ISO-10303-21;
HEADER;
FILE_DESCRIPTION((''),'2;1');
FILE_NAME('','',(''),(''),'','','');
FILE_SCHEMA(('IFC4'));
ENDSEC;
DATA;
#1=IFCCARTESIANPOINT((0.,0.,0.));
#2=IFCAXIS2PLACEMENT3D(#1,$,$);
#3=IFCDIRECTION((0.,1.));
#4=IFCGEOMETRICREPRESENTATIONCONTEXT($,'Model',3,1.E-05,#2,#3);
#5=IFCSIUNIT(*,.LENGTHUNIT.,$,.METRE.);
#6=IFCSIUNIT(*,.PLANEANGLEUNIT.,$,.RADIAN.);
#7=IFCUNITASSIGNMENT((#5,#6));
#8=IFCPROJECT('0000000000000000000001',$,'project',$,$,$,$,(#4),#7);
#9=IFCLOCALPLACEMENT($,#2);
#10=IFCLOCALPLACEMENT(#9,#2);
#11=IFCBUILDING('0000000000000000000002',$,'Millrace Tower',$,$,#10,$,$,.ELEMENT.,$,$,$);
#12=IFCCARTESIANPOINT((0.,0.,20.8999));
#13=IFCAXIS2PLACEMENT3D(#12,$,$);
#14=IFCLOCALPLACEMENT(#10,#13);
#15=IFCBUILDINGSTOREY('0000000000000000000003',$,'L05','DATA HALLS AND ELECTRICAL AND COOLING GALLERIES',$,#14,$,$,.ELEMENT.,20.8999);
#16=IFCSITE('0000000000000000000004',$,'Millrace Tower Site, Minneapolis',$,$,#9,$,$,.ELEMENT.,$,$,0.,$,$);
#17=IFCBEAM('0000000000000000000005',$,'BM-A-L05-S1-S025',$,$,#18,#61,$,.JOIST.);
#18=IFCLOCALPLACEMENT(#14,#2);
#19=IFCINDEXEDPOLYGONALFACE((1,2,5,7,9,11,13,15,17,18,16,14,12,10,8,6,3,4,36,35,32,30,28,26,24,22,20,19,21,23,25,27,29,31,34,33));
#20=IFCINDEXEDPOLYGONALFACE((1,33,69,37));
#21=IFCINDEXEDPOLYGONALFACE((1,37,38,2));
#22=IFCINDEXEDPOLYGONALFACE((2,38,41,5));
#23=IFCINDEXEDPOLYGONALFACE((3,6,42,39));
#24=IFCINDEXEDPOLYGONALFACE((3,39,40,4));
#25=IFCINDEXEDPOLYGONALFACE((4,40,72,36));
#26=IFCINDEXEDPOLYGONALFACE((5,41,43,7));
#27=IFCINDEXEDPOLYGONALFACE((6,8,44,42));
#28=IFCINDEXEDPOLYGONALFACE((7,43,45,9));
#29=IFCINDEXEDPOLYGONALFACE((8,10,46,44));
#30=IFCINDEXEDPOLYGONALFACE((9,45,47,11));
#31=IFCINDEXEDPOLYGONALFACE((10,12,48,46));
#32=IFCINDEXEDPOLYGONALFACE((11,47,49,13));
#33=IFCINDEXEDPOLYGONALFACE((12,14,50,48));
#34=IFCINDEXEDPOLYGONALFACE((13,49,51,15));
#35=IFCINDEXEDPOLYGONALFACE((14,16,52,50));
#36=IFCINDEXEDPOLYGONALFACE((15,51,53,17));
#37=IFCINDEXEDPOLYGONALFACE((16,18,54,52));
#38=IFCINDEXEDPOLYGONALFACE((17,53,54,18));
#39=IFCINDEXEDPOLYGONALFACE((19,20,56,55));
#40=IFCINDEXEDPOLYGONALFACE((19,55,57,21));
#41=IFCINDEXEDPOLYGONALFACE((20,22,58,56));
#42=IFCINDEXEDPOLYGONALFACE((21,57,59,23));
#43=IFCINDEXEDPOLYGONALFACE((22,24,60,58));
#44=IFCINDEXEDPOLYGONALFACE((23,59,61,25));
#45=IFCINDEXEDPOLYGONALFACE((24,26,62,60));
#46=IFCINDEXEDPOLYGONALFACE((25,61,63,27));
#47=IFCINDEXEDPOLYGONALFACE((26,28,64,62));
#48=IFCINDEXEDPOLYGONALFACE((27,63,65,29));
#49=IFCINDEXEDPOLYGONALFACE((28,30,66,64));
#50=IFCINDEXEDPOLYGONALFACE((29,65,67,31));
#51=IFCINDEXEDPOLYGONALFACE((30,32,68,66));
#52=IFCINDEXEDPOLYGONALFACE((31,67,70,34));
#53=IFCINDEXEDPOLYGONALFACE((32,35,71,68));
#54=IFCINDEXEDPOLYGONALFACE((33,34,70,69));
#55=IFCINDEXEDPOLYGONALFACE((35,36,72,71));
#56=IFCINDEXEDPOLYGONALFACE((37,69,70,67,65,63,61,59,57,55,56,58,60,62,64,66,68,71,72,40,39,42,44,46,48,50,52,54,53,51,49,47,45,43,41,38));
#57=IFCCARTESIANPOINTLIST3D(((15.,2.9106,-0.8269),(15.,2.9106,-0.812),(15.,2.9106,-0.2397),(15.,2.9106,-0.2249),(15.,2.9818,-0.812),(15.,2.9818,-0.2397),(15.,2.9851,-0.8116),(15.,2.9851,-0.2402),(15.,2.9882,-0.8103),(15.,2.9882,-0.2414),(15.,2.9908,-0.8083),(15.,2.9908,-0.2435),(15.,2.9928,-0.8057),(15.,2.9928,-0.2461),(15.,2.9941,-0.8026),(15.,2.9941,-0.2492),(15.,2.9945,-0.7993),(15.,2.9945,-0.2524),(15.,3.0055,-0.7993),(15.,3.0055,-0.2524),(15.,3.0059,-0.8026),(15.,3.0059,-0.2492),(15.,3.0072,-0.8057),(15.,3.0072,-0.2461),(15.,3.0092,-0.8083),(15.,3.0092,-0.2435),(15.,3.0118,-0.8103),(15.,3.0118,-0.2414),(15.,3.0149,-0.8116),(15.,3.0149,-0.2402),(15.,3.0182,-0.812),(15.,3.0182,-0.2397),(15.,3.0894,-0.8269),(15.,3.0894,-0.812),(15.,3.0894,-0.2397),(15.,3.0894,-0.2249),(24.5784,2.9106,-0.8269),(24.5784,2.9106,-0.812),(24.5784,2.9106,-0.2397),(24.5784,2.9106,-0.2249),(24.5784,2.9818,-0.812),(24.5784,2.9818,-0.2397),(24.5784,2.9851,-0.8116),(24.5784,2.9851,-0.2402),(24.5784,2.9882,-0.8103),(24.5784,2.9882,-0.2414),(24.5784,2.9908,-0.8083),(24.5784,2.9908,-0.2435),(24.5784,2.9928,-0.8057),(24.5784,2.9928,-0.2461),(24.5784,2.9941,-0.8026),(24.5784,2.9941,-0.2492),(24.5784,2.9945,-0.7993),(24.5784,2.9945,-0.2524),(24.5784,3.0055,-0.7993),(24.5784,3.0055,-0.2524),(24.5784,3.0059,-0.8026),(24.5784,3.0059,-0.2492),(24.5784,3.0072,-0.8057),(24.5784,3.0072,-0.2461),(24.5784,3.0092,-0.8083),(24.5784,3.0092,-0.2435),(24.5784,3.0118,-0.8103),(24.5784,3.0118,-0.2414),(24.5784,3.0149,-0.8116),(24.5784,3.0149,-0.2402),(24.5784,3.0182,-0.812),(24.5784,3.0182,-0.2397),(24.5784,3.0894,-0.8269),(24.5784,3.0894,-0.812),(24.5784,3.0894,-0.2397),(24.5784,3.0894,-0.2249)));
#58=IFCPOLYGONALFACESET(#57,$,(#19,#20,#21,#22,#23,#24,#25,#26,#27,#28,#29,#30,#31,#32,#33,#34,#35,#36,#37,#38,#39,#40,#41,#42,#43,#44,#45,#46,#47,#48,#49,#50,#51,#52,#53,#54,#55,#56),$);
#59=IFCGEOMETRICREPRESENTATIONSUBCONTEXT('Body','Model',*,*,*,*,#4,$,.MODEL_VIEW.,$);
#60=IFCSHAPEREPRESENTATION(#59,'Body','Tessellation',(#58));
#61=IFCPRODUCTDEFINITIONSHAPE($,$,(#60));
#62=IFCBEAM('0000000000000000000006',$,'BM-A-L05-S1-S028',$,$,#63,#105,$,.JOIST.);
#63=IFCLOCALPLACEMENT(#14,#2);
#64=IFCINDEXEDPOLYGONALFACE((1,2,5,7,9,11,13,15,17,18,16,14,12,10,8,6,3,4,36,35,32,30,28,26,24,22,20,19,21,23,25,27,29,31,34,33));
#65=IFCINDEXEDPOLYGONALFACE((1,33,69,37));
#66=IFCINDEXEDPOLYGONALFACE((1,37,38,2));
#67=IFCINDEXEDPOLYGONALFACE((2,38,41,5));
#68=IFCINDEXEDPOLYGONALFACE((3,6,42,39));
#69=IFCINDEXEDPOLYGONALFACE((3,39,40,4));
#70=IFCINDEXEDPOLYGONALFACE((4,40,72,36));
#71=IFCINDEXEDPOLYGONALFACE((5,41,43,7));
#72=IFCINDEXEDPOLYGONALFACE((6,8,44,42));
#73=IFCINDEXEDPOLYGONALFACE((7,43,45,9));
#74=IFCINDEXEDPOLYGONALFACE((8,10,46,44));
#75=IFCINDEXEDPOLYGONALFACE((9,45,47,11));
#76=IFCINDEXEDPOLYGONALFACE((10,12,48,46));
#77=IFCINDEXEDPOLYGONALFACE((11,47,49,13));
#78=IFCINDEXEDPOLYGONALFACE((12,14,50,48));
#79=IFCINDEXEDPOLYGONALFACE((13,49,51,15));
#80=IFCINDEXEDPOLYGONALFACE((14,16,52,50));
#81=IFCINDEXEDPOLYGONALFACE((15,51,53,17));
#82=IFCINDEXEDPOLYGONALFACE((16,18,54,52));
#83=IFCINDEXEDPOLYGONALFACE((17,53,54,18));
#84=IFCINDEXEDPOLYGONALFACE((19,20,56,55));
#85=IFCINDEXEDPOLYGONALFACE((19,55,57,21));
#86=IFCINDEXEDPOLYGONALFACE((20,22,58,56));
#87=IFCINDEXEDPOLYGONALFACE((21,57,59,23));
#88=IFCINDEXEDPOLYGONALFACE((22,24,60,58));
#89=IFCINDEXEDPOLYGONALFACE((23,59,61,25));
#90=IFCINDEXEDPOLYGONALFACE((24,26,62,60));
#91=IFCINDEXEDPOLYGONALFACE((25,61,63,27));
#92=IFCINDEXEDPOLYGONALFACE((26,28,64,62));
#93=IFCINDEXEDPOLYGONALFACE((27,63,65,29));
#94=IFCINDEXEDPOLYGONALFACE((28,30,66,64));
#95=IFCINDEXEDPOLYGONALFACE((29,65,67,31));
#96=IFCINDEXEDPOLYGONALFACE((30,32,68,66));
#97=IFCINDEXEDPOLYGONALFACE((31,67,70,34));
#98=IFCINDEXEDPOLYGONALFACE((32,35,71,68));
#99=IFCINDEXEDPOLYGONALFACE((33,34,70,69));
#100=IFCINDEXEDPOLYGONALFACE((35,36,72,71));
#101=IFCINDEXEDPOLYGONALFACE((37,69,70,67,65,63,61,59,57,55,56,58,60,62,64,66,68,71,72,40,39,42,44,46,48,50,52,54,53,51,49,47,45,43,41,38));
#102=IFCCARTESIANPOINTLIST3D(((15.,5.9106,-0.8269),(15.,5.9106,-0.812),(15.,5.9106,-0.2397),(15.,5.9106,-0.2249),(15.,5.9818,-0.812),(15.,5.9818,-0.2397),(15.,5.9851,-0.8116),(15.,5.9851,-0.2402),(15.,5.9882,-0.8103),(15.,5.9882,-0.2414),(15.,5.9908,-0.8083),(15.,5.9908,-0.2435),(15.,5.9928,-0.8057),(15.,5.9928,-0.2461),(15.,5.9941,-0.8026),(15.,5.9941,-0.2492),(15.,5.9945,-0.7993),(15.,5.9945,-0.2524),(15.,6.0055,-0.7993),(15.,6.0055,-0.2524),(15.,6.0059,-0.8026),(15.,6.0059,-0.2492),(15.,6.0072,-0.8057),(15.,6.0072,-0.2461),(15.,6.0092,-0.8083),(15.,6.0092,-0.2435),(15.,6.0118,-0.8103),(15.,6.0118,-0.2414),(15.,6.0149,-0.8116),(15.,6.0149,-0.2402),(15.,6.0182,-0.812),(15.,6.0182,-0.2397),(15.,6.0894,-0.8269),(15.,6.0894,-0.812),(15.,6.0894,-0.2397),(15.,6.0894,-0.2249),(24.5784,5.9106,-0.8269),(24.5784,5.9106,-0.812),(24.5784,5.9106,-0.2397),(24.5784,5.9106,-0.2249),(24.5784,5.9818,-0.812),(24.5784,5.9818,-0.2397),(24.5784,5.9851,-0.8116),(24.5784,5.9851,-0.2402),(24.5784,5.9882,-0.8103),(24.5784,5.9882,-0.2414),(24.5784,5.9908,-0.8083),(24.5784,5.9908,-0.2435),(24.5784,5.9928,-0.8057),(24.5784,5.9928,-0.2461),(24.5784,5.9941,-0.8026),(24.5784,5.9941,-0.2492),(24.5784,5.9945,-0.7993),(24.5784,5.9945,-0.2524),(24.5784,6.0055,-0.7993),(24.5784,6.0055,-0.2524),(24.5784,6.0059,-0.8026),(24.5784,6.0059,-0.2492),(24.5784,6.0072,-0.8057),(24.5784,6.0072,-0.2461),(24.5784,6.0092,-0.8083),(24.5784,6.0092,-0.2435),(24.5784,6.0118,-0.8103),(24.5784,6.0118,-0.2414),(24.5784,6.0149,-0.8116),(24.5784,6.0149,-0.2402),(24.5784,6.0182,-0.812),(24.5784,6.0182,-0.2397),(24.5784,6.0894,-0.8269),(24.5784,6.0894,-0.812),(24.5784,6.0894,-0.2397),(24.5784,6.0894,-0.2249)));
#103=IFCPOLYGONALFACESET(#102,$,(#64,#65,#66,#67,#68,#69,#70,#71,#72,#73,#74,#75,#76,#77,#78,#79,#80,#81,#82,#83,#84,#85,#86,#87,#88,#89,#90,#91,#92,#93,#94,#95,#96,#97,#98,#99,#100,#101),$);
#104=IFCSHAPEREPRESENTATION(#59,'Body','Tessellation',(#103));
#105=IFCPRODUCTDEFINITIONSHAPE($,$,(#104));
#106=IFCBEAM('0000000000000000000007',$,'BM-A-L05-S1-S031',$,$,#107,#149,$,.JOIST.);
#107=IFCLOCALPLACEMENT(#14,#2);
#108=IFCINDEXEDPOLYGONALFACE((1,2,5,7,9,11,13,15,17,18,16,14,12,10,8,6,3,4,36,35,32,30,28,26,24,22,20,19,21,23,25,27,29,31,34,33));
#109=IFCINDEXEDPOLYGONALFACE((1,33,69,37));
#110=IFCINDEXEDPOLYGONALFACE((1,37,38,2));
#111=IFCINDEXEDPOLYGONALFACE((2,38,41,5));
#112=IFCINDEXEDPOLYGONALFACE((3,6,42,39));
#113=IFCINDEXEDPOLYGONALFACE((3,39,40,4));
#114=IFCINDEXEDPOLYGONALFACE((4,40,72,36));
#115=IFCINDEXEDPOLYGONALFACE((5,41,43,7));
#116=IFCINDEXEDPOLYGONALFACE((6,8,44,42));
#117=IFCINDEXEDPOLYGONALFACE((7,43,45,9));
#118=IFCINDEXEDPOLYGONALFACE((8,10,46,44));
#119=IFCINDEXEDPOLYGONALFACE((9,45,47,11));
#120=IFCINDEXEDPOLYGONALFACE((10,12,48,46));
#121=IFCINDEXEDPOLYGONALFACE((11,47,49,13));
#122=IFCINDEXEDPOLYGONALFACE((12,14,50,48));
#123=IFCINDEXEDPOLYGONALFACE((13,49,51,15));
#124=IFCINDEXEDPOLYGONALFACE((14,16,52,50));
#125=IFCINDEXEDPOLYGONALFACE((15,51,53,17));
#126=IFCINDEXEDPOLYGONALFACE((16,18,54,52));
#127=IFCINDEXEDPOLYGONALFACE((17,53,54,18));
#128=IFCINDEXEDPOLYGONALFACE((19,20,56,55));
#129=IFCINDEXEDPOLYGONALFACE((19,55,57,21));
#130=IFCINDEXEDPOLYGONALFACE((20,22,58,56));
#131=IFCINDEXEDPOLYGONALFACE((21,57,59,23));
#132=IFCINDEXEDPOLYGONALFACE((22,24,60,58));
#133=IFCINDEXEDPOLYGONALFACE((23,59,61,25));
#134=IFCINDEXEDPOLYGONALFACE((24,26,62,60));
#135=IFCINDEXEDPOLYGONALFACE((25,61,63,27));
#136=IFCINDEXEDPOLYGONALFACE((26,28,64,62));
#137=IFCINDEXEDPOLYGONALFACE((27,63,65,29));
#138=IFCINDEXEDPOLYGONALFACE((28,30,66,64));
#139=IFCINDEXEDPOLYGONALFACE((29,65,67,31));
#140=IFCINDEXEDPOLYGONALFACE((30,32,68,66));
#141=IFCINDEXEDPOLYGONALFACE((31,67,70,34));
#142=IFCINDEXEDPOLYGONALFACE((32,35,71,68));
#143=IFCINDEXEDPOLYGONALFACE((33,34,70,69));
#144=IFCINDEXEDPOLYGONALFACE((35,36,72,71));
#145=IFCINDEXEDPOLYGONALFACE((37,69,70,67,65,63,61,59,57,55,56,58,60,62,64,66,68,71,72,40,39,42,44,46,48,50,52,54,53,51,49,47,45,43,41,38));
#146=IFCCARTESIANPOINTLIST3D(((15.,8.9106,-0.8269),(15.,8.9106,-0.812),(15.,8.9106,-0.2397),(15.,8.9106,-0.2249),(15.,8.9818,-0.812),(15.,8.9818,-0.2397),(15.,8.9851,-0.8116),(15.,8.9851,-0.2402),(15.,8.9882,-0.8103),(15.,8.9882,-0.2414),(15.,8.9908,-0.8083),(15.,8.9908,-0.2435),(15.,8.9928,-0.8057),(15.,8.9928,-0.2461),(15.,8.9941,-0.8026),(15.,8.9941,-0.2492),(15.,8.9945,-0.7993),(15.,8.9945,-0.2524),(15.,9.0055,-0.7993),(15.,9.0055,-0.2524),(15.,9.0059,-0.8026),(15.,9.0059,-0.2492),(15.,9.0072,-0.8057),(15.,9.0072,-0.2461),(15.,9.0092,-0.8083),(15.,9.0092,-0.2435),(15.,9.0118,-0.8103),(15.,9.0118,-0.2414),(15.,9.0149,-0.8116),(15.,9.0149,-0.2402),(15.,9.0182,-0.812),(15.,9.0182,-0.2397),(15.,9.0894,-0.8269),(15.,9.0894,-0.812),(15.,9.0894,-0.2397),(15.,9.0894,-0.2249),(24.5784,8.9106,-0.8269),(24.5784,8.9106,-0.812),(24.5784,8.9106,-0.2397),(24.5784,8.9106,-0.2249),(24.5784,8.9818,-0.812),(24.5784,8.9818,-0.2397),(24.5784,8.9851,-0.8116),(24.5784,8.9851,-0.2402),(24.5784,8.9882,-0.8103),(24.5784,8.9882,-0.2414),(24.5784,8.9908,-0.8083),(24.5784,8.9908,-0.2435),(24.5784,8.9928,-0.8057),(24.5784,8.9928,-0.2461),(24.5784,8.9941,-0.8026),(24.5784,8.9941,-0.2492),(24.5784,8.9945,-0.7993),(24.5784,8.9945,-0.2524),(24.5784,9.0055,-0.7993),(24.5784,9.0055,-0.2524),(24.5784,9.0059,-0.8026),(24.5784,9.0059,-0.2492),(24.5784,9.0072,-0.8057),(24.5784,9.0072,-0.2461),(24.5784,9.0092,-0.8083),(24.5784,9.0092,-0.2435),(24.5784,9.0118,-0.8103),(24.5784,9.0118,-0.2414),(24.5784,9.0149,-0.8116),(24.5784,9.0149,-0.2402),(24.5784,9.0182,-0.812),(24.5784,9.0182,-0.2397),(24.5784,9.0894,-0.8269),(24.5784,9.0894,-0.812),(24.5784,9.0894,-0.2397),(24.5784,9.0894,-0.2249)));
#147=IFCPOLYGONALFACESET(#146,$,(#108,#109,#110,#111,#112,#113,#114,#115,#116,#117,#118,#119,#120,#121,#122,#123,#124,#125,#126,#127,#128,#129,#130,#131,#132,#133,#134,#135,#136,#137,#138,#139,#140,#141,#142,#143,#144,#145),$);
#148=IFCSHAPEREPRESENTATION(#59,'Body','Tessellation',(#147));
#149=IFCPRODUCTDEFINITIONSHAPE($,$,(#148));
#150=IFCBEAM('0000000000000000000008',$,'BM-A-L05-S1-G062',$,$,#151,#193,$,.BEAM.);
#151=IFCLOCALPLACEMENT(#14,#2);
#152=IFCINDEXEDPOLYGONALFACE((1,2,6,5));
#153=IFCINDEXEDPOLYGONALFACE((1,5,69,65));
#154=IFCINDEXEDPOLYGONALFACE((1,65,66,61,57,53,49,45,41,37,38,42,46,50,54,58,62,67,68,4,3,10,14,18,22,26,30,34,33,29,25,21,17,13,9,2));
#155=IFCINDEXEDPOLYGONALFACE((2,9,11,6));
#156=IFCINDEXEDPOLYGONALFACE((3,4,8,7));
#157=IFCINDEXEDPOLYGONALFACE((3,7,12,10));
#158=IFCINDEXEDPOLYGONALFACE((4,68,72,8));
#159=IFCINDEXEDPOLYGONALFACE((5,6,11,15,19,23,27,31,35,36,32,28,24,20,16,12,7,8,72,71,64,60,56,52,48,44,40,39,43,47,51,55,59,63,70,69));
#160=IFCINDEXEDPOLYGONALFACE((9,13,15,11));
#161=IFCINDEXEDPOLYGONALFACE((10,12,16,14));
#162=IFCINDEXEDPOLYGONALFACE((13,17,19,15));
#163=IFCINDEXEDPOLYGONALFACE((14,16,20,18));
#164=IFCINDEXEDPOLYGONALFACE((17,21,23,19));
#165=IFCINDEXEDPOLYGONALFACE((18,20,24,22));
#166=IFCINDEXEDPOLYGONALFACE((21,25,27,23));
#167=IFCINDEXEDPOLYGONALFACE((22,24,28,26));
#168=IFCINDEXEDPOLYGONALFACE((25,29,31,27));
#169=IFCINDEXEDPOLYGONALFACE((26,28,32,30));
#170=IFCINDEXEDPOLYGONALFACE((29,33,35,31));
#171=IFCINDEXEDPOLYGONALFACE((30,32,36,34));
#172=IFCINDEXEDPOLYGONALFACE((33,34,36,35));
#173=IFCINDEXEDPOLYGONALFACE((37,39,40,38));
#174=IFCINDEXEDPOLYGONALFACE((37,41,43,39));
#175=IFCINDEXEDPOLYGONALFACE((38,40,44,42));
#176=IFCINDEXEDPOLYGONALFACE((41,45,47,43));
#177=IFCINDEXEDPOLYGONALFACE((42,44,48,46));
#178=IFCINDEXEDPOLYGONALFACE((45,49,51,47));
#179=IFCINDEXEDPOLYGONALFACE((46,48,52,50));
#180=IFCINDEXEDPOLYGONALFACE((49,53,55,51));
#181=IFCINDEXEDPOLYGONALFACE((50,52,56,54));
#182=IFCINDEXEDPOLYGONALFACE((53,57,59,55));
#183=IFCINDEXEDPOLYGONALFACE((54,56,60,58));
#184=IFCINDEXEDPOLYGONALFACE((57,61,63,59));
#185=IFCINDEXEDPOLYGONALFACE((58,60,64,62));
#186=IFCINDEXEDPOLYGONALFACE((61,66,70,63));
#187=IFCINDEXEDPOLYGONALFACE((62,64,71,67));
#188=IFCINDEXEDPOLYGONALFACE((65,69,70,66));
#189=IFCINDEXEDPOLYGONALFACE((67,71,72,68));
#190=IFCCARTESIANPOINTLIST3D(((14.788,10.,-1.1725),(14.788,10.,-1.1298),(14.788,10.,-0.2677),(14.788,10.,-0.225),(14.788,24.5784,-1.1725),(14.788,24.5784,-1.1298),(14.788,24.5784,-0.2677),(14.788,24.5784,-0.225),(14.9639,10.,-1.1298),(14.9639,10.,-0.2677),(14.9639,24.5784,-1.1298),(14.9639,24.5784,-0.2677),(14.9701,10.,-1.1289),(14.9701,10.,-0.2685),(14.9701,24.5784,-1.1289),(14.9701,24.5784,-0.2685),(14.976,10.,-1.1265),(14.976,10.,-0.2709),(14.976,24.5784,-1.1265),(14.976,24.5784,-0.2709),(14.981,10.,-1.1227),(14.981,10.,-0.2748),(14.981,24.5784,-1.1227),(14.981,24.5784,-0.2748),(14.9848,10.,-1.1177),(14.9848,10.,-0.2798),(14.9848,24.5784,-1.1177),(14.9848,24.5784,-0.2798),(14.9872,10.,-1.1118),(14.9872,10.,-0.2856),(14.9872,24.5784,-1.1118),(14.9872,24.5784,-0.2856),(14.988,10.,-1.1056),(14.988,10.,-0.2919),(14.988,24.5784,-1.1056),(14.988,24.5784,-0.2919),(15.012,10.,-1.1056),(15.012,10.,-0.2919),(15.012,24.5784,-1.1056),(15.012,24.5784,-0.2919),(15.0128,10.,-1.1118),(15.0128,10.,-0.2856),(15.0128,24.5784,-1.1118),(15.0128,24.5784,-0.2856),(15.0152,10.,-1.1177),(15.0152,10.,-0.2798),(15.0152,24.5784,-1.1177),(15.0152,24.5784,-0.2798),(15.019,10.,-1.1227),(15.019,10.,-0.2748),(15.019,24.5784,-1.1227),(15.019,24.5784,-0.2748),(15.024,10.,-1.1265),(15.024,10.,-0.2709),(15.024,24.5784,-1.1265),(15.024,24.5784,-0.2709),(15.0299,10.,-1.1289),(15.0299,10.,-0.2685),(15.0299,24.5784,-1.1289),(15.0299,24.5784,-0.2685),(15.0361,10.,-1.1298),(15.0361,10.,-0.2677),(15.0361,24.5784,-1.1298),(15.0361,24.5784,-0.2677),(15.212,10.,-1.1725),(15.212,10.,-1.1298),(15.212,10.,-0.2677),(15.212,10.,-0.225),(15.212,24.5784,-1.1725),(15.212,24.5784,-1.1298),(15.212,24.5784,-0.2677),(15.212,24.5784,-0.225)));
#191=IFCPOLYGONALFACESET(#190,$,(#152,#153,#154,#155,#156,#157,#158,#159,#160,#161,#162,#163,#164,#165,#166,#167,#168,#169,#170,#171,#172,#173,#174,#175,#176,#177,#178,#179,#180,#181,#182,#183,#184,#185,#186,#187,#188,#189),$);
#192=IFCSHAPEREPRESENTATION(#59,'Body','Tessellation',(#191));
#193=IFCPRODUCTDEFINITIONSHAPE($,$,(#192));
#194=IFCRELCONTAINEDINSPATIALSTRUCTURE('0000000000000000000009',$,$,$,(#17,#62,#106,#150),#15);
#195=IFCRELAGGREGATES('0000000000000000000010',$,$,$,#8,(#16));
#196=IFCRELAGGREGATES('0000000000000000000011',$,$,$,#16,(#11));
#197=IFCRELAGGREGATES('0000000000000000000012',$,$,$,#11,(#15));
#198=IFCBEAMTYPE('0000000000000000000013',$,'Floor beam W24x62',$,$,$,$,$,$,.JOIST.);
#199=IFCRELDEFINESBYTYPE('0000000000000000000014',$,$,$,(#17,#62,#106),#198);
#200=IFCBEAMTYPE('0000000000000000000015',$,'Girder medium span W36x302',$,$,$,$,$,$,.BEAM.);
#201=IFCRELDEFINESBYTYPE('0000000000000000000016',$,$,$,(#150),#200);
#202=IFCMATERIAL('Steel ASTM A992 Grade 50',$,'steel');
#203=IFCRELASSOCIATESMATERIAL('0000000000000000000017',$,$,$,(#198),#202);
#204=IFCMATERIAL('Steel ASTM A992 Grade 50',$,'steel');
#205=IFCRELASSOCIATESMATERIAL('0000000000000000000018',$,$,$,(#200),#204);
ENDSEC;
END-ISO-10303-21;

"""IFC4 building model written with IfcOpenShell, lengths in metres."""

from ifc_helpers import new_model, si_unit, direction, frame, origin, origin_2d, place, context, subcontext, project, spatial, i_section, extrude, material, material_profile, profile_set, type_object, element, save


model = new_model("IFC4")

# Units and contexts
model_context = context("Model", 3, precision=1e-05, world=origin(), true_north=direction((0.0, 1.0)))
body_context = subcontext(model_context, "Body", "Model", "MODEL_VIEW")
ifc_project = project(units=[si_unit("LENGTHUNIT", "METRE"), si_unit("PLANEANGLEUNIT", "RADIAN")], contexts=[model_context])

# Site, building, storey
site_placement = place(None, origin())
site = spatial("IfcSite", under=ifc_project, at=site_placement, Name="Millrace Tower Site, Minneapolis", CompositionType="ELEMENT", RefElevation=0.0)
building_placement = place(site_placement, origin())
building = spatial("IfcBuilding", under=site, at=building_placement, Name="Millrace Tower", CompositionType="ELEMENT")
storey_placement = place(building_placement, frame((0.0, 0.0, 20.8999)))
storey = spatial("IfcBuildingStorey", under=building, at=storey_placement, Name="L05", Description="DATA HALLS AND ELECTRICAL AND COOLING GALLERIES", CompositionType="ELEMENT", Elevation=20.8999)

# Beams
ifc_material_1 = material(Name="Steel ASTM A992 Grade 50", Category="steel")
ifc_material_profile_1 = material_profile(ifc_material_1, i_section(OverallWidth=0.1787, OverallDepth=0.6021, WebThickness=0.011, FlangeThickness=0.0149, FilletRadius=0.0127, at=origin_2d()))
ifc_profile_set_1 = profile_set([ifc_material_profile_1], Name="Steel ASTM A992 Grade 50")
beam_type_1 = type_object("IfcBeamType", Name="Floor beam W24x62", PredefinedType="JOIST", material=ifc_profile_set_1)
for number, where, z_axis, x_axis, name in (
    (1, (15.0, 3.0, -0.5259), (1.0, 0.0, 0.0), (0.0, 1.0, 0.0), "BM-A-L05-S1-S025"),
    (2, (15.0, 6.0, -0.5259), (1.0, 0.0, 0.0), (0.0, 1.0, 0.0), "BM-A-L05-S1-S028"),
    (3, (15.0, 9.0, -0.5259), (1.0, 0.0, 0.0), (0.0, 1.0, 0.0), "BM-A-L05-S1-S031"),
):
    element("IfcBeam", number, at=place(storey_placement, frame(where, z_axis=z_axis, x_axis=x_axis)), inside=storey, type_object=beam_type_1, Name=name, PredefinedType="JOIST", context=body_context, shape_type="SweptSolid", body=[
        extrude(i_section(OverallWidth=0.1787, OverallDepth=0.6021, WebThickness=0.011, FlangeThickness=0.0149, FilletRadius=0.0127, at=origin_2d()), origin(), (0.0, 0.0, 1.0), 9.5784),
    ])
ifc_material_2 = material(Name="Steel ASTM A992 Grade 50", Category="steel")
ifc_material_profile_2 = material_profile(ifc_material_2, i_section(OverallWidth=0.4241, OverallDepth=0.9475, WebThickness=0.0239, FlangeThickness=0.0427, FilletRadius=0.0242, at=origin_2d()))
ifc_profile_set_2 = profile_set([ifc_material_profile_2], Name="Steel ASTM A992 Grade 50")
beam_type_2 = type_object("IfcBeamType", Name="Girder medium span W36x302", PredefinedType="BEAM", material=ifc_profile_set_2)
beam_1_placement = place(storey_placement, frame((15.0, 10.0, -0.6987), z_axis=(0.0, 1.0, 0.0), x_axis=(-1.0, 0.0, 0.0)))
element("IfcBeam", 4, at=beam_1_placement, inside=storey, type_object=beam_type_2, Name="BM-A-L05-S1-G062", PredefinedType="BEAM", context=body_context, shape_type="SweptSolid", body=[
    extrude(i_section(OverallWidth=0.4241, OverallDepth=0.9475, WebThickness=0.0239, FlangeThickness=0.0427, FilletRadius=0.0242, at=origin_2d()), origin(), (0.0, 0.0, 1.0), 14.5784),
])

save(model, "model.ifc")
